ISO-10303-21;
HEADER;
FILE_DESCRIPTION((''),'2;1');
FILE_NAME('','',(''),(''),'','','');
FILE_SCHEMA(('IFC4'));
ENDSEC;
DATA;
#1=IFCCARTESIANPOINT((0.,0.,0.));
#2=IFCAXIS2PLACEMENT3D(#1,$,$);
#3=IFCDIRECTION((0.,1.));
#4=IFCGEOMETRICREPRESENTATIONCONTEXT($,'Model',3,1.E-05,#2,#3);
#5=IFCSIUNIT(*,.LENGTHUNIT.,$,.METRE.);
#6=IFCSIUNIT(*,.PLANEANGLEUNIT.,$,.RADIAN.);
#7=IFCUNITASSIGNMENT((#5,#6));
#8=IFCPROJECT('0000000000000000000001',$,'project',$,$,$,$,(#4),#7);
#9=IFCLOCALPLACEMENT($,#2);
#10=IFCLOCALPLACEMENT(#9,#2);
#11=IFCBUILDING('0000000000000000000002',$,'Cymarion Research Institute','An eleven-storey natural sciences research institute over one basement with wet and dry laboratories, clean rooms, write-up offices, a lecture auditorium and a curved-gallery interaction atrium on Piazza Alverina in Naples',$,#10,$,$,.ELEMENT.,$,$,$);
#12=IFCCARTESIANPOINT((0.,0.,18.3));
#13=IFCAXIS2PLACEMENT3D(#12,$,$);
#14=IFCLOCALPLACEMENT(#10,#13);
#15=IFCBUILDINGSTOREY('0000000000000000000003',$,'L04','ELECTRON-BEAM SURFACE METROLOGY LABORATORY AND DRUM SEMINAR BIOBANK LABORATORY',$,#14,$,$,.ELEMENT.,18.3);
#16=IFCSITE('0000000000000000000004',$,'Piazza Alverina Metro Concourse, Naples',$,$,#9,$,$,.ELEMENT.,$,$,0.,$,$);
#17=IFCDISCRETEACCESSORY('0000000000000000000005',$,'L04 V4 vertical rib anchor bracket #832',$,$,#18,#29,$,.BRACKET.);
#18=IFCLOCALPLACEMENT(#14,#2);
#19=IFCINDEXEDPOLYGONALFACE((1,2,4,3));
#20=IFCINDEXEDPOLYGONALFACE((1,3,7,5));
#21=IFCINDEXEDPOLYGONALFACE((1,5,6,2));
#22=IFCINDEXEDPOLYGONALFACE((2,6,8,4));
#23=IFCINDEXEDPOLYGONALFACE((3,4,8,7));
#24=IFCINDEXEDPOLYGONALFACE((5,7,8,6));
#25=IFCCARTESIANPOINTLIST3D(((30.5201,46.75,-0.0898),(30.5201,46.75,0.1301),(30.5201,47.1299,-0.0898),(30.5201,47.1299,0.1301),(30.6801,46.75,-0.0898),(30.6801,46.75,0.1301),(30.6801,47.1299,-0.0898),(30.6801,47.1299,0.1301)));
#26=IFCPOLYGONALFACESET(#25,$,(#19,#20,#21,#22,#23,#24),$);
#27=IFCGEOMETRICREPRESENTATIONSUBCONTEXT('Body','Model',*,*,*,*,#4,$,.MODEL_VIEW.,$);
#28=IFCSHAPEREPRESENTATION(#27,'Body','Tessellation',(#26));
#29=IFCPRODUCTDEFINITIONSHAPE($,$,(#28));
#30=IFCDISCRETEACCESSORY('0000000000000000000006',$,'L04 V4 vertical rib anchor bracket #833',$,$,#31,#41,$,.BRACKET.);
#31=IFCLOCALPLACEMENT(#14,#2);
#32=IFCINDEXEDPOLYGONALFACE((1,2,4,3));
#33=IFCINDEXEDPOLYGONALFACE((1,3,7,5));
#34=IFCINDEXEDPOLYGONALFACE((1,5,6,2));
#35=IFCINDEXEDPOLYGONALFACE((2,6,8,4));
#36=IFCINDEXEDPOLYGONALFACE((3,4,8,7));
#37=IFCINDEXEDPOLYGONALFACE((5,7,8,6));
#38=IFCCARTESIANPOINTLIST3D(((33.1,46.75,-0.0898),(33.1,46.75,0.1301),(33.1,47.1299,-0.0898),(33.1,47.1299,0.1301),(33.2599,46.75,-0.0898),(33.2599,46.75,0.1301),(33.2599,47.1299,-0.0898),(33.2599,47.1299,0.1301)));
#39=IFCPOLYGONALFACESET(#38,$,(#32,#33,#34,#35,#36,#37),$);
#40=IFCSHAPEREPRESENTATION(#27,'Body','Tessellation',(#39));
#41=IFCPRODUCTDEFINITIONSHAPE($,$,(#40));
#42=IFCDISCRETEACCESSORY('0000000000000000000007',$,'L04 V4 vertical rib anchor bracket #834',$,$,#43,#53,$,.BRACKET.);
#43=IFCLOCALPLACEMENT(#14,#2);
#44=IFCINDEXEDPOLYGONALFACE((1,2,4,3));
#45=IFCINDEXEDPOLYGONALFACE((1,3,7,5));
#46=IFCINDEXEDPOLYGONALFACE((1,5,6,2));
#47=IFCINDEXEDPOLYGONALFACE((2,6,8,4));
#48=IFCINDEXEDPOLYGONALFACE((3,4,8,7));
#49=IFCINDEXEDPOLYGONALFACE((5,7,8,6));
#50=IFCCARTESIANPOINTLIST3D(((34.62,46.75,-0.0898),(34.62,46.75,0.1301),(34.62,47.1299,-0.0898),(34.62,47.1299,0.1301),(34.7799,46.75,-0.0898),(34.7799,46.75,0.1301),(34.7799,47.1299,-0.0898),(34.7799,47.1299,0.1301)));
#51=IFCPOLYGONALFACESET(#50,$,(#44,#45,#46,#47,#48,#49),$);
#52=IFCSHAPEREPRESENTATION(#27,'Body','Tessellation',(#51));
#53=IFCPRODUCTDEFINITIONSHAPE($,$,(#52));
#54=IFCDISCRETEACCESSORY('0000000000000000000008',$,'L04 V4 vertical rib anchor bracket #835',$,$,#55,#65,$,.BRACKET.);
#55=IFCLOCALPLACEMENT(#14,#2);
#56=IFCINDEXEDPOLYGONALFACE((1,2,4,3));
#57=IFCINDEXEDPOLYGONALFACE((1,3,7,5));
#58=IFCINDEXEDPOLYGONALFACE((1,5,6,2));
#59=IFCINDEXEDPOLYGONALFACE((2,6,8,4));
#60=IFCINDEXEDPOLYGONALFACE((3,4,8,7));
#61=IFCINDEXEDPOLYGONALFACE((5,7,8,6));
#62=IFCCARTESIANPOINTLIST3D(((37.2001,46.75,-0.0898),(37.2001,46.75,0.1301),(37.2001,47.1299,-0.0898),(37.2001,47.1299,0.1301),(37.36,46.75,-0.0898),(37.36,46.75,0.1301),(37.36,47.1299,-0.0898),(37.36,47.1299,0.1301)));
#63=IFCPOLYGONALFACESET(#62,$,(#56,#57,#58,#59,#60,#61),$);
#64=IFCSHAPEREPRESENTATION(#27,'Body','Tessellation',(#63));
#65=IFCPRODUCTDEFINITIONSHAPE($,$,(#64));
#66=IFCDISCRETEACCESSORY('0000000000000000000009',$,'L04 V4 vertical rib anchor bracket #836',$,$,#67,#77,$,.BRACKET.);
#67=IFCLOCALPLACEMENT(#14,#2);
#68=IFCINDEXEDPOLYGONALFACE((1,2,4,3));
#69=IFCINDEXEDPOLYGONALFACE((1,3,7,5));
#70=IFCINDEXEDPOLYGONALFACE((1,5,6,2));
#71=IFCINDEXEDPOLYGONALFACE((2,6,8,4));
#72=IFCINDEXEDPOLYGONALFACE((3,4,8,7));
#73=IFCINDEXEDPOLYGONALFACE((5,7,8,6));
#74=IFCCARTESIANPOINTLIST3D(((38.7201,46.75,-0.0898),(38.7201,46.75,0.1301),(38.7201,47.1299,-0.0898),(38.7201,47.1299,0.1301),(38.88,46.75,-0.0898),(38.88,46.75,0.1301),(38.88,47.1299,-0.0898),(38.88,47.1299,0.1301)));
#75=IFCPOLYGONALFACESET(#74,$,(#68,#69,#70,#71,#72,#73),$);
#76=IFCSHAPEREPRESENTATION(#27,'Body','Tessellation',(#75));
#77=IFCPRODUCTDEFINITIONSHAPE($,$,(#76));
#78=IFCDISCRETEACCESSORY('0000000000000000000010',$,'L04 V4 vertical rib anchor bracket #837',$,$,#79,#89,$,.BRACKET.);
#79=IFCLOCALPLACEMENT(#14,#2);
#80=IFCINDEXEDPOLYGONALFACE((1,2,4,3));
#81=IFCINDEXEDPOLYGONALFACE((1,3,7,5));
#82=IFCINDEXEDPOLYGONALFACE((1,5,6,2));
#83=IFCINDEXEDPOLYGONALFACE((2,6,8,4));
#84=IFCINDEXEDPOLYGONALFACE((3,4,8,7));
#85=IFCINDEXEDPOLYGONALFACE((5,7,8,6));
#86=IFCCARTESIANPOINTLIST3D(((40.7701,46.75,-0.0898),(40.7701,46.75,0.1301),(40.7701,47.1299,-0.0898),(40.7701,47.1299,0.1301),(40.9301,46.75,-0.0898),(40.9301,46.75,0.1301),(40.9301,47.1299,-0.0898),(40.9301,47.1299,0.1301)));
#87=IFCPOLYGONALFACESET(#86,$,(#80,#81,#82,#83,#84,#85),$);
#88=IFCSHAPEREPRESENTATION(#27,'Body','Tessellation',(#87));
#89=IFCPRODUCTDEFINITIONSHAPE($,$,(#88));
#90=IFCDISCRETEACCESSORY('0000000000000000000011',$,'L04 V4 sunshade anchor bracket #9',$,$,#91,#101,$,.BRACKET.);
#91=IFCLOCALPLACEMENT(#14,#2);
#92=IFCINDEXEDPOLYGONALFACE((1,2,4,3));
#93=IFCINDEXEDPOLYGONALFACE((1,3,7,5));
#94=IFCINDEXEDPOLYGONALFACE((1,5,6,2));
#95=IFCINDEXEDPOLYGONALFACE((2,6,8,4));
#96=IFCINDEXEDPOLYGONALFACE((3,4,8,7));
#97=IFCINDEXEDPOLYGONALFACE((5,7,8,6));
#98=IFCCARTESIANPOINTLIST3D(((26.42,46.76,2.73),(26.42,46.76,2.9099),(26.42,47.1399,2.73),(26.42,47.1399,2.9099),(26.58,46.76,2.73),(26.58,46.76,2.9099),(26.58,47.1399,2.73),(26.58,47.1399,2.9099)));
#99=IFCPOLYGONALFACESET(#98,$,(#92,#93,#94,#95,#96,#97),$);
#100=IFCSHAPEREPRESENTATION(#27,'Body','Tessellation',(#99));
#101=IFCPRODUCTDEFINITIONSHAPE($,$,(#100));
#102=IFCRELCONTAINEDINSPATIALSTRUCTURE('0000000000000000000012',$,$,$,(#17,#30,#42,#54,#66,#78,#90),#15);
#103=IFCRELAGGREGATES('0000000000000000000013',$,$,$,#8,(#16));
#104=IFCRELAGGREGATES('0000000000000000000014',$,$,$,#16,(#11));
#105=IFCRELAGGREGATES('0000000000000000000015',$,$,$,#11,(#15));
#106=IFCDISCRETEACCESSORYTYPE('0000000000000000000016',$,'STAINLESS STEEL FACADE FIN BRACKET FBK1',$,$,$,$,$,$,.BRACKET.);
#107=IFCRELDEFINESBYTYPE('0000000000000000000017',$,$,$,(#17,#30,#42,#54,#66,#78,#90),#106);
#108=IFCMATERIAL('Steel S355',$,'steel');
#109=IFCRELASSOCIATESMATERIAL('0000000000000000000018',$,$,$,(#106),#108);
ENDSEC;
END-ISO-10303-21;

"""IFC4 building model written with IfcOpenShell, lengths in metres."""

from ifc_helpers import new_model, si_unit, direction, frame, origin, origin_2d, place, context, subcontext, project, spatial, rectangle, extrude, material, type_object, element, save


model = new_model("IFC4")

# Units and contexts
model_context = context("Model", 3, precision=1e-05, world=origin(), true_north=direction((0.0, 1.0)))
body_context = subcontext(model_context, "Body", "Model", "MODEL_VIEW")
ifc_project = project(units=[si_unit("LENGTHUNIT", "METRE"), si_unit("PLANEANGLEUNIT", "RADIAN")], contexts=[model_context])

# Site, building, storey
site_placement = place(None, origin())
site = spatial("IfcSite", under=ifc_project, at=site_placement, Name="Piazza Alverina Metro Concourse, Naples", CompositionType="ELEMENT", RefElevation=0.0)
building_placement = place(site_placement, origin())
building = spatial("IfcBuilding", under=site, at=building_placement, Name="Cymarion Research Institute", Description="An eleven-storey natural sciences research institute over one basement with wet and dry laboratories, clean rooms, write-up offices, a lecture auditorium and a curved-gallery interaction atrium on Piazza Alverina in Naples", CompositionType="ELEMENT")
storey_placement = place(building_placement, frame((0.0, 0.0, 18.3)))
storey = spatial("IfcBuildingStorey", under=building, at=storey_placement, Name="L04", Description="ELECTRON-BEAM SURFACE METROLOGY LABORATORY AND DRUM SEMINAR BIOBANK LABORATORY", CompositionType="ELEMENT", Elevation=18.3)

# Shared definitions
ifc_material_1 = material(Name="Steel S355", Category="steel")

# Discrete accessories
discrete_accessory_type = type_object("IfcDiscreteAccessoryType", Name="STAINLESS STEEL FACADE FIN BRACKET FBK1", PredefinedType="BRACKET", material=ifc_material_1)
for number, where, z_axis, x_axis, name in (
    (1, (30.6001, 46.9399, -0.0898), (0.0, 0.0, 1.0), (0.0, -1.0, 0.0), "L04 V4 vertical rib anchor bracket #832"),
    (2, (33.1799, 46.9399, -0.0898), (0.0, 0.0, 1.0), (0.0, -1.0, 0.0), "L04 V4 vertical rib anchor bracket #833"),
    (3, (34.7, 46.9399, -0.0898), (0.0, 0.0, 1.0), (0.0, -1.0, 0.0), "L04 V4 vertical rib anchor bracket #834"),
    (4, (37.28, 46.9399, -0.0898), (0.0, 0.0, 1.0), (0.0, -1.0, 0.0), "L04 V4 vertical rib anchor bracket #835"),
    (5, (38.8, 46.9399, -0.0898), (0.0, 0.0, 1.0), (0.0, -1.0, 0.0), "L04 V4 vertical rib anchor bracket #836"),
    (6, (40.8501, 46.9399, -0.0898), (0.0, 0.0, 1.0), (0.0, -1.0, 0.0), "L04 V4 vertical rib anchor bracket #837"),
):
    element("IfcDiscreteAccessory", number, at=place(storey_placement, frame(where, z_axis=z_axis, x_axis=x_axis)), inside=storey, type_object=discrete_accessory_type, Name=name, PredefinedType="BRACKET", context=body_context, shape_type="SweptSolid", body=[
        extrude(rectangle(XDim=0.3799, YDim=0.1599, at=origin_2d()), origin(), (0.0, 0.0, 1.0), 0.22),
    ])
discrete_accessory_1_placement = place(storey_placement, frame((26.5, 46.95, 2.73), z_axis=(0.0, 0.0, 1.0), x_axis=(0.0, -1.0, 0.0)))
element("IfcDiscreteAccessory", 7, at=discrete_accessory_1_placement, inside=storey, type_object=discrete_accessory_type, Name="L04 V4 sunshade anchor bracket #9", PredefinedType="BRACKET", context=body_context, shape_type="SweptSolid", body=[
    extrude(rectangle(XDim=0.3799, YDim=0.1599, at=origin_2d()), origin(), (0.0, 0.0, 1.0), 0.1799),
])

save(model, "model.ifc")
